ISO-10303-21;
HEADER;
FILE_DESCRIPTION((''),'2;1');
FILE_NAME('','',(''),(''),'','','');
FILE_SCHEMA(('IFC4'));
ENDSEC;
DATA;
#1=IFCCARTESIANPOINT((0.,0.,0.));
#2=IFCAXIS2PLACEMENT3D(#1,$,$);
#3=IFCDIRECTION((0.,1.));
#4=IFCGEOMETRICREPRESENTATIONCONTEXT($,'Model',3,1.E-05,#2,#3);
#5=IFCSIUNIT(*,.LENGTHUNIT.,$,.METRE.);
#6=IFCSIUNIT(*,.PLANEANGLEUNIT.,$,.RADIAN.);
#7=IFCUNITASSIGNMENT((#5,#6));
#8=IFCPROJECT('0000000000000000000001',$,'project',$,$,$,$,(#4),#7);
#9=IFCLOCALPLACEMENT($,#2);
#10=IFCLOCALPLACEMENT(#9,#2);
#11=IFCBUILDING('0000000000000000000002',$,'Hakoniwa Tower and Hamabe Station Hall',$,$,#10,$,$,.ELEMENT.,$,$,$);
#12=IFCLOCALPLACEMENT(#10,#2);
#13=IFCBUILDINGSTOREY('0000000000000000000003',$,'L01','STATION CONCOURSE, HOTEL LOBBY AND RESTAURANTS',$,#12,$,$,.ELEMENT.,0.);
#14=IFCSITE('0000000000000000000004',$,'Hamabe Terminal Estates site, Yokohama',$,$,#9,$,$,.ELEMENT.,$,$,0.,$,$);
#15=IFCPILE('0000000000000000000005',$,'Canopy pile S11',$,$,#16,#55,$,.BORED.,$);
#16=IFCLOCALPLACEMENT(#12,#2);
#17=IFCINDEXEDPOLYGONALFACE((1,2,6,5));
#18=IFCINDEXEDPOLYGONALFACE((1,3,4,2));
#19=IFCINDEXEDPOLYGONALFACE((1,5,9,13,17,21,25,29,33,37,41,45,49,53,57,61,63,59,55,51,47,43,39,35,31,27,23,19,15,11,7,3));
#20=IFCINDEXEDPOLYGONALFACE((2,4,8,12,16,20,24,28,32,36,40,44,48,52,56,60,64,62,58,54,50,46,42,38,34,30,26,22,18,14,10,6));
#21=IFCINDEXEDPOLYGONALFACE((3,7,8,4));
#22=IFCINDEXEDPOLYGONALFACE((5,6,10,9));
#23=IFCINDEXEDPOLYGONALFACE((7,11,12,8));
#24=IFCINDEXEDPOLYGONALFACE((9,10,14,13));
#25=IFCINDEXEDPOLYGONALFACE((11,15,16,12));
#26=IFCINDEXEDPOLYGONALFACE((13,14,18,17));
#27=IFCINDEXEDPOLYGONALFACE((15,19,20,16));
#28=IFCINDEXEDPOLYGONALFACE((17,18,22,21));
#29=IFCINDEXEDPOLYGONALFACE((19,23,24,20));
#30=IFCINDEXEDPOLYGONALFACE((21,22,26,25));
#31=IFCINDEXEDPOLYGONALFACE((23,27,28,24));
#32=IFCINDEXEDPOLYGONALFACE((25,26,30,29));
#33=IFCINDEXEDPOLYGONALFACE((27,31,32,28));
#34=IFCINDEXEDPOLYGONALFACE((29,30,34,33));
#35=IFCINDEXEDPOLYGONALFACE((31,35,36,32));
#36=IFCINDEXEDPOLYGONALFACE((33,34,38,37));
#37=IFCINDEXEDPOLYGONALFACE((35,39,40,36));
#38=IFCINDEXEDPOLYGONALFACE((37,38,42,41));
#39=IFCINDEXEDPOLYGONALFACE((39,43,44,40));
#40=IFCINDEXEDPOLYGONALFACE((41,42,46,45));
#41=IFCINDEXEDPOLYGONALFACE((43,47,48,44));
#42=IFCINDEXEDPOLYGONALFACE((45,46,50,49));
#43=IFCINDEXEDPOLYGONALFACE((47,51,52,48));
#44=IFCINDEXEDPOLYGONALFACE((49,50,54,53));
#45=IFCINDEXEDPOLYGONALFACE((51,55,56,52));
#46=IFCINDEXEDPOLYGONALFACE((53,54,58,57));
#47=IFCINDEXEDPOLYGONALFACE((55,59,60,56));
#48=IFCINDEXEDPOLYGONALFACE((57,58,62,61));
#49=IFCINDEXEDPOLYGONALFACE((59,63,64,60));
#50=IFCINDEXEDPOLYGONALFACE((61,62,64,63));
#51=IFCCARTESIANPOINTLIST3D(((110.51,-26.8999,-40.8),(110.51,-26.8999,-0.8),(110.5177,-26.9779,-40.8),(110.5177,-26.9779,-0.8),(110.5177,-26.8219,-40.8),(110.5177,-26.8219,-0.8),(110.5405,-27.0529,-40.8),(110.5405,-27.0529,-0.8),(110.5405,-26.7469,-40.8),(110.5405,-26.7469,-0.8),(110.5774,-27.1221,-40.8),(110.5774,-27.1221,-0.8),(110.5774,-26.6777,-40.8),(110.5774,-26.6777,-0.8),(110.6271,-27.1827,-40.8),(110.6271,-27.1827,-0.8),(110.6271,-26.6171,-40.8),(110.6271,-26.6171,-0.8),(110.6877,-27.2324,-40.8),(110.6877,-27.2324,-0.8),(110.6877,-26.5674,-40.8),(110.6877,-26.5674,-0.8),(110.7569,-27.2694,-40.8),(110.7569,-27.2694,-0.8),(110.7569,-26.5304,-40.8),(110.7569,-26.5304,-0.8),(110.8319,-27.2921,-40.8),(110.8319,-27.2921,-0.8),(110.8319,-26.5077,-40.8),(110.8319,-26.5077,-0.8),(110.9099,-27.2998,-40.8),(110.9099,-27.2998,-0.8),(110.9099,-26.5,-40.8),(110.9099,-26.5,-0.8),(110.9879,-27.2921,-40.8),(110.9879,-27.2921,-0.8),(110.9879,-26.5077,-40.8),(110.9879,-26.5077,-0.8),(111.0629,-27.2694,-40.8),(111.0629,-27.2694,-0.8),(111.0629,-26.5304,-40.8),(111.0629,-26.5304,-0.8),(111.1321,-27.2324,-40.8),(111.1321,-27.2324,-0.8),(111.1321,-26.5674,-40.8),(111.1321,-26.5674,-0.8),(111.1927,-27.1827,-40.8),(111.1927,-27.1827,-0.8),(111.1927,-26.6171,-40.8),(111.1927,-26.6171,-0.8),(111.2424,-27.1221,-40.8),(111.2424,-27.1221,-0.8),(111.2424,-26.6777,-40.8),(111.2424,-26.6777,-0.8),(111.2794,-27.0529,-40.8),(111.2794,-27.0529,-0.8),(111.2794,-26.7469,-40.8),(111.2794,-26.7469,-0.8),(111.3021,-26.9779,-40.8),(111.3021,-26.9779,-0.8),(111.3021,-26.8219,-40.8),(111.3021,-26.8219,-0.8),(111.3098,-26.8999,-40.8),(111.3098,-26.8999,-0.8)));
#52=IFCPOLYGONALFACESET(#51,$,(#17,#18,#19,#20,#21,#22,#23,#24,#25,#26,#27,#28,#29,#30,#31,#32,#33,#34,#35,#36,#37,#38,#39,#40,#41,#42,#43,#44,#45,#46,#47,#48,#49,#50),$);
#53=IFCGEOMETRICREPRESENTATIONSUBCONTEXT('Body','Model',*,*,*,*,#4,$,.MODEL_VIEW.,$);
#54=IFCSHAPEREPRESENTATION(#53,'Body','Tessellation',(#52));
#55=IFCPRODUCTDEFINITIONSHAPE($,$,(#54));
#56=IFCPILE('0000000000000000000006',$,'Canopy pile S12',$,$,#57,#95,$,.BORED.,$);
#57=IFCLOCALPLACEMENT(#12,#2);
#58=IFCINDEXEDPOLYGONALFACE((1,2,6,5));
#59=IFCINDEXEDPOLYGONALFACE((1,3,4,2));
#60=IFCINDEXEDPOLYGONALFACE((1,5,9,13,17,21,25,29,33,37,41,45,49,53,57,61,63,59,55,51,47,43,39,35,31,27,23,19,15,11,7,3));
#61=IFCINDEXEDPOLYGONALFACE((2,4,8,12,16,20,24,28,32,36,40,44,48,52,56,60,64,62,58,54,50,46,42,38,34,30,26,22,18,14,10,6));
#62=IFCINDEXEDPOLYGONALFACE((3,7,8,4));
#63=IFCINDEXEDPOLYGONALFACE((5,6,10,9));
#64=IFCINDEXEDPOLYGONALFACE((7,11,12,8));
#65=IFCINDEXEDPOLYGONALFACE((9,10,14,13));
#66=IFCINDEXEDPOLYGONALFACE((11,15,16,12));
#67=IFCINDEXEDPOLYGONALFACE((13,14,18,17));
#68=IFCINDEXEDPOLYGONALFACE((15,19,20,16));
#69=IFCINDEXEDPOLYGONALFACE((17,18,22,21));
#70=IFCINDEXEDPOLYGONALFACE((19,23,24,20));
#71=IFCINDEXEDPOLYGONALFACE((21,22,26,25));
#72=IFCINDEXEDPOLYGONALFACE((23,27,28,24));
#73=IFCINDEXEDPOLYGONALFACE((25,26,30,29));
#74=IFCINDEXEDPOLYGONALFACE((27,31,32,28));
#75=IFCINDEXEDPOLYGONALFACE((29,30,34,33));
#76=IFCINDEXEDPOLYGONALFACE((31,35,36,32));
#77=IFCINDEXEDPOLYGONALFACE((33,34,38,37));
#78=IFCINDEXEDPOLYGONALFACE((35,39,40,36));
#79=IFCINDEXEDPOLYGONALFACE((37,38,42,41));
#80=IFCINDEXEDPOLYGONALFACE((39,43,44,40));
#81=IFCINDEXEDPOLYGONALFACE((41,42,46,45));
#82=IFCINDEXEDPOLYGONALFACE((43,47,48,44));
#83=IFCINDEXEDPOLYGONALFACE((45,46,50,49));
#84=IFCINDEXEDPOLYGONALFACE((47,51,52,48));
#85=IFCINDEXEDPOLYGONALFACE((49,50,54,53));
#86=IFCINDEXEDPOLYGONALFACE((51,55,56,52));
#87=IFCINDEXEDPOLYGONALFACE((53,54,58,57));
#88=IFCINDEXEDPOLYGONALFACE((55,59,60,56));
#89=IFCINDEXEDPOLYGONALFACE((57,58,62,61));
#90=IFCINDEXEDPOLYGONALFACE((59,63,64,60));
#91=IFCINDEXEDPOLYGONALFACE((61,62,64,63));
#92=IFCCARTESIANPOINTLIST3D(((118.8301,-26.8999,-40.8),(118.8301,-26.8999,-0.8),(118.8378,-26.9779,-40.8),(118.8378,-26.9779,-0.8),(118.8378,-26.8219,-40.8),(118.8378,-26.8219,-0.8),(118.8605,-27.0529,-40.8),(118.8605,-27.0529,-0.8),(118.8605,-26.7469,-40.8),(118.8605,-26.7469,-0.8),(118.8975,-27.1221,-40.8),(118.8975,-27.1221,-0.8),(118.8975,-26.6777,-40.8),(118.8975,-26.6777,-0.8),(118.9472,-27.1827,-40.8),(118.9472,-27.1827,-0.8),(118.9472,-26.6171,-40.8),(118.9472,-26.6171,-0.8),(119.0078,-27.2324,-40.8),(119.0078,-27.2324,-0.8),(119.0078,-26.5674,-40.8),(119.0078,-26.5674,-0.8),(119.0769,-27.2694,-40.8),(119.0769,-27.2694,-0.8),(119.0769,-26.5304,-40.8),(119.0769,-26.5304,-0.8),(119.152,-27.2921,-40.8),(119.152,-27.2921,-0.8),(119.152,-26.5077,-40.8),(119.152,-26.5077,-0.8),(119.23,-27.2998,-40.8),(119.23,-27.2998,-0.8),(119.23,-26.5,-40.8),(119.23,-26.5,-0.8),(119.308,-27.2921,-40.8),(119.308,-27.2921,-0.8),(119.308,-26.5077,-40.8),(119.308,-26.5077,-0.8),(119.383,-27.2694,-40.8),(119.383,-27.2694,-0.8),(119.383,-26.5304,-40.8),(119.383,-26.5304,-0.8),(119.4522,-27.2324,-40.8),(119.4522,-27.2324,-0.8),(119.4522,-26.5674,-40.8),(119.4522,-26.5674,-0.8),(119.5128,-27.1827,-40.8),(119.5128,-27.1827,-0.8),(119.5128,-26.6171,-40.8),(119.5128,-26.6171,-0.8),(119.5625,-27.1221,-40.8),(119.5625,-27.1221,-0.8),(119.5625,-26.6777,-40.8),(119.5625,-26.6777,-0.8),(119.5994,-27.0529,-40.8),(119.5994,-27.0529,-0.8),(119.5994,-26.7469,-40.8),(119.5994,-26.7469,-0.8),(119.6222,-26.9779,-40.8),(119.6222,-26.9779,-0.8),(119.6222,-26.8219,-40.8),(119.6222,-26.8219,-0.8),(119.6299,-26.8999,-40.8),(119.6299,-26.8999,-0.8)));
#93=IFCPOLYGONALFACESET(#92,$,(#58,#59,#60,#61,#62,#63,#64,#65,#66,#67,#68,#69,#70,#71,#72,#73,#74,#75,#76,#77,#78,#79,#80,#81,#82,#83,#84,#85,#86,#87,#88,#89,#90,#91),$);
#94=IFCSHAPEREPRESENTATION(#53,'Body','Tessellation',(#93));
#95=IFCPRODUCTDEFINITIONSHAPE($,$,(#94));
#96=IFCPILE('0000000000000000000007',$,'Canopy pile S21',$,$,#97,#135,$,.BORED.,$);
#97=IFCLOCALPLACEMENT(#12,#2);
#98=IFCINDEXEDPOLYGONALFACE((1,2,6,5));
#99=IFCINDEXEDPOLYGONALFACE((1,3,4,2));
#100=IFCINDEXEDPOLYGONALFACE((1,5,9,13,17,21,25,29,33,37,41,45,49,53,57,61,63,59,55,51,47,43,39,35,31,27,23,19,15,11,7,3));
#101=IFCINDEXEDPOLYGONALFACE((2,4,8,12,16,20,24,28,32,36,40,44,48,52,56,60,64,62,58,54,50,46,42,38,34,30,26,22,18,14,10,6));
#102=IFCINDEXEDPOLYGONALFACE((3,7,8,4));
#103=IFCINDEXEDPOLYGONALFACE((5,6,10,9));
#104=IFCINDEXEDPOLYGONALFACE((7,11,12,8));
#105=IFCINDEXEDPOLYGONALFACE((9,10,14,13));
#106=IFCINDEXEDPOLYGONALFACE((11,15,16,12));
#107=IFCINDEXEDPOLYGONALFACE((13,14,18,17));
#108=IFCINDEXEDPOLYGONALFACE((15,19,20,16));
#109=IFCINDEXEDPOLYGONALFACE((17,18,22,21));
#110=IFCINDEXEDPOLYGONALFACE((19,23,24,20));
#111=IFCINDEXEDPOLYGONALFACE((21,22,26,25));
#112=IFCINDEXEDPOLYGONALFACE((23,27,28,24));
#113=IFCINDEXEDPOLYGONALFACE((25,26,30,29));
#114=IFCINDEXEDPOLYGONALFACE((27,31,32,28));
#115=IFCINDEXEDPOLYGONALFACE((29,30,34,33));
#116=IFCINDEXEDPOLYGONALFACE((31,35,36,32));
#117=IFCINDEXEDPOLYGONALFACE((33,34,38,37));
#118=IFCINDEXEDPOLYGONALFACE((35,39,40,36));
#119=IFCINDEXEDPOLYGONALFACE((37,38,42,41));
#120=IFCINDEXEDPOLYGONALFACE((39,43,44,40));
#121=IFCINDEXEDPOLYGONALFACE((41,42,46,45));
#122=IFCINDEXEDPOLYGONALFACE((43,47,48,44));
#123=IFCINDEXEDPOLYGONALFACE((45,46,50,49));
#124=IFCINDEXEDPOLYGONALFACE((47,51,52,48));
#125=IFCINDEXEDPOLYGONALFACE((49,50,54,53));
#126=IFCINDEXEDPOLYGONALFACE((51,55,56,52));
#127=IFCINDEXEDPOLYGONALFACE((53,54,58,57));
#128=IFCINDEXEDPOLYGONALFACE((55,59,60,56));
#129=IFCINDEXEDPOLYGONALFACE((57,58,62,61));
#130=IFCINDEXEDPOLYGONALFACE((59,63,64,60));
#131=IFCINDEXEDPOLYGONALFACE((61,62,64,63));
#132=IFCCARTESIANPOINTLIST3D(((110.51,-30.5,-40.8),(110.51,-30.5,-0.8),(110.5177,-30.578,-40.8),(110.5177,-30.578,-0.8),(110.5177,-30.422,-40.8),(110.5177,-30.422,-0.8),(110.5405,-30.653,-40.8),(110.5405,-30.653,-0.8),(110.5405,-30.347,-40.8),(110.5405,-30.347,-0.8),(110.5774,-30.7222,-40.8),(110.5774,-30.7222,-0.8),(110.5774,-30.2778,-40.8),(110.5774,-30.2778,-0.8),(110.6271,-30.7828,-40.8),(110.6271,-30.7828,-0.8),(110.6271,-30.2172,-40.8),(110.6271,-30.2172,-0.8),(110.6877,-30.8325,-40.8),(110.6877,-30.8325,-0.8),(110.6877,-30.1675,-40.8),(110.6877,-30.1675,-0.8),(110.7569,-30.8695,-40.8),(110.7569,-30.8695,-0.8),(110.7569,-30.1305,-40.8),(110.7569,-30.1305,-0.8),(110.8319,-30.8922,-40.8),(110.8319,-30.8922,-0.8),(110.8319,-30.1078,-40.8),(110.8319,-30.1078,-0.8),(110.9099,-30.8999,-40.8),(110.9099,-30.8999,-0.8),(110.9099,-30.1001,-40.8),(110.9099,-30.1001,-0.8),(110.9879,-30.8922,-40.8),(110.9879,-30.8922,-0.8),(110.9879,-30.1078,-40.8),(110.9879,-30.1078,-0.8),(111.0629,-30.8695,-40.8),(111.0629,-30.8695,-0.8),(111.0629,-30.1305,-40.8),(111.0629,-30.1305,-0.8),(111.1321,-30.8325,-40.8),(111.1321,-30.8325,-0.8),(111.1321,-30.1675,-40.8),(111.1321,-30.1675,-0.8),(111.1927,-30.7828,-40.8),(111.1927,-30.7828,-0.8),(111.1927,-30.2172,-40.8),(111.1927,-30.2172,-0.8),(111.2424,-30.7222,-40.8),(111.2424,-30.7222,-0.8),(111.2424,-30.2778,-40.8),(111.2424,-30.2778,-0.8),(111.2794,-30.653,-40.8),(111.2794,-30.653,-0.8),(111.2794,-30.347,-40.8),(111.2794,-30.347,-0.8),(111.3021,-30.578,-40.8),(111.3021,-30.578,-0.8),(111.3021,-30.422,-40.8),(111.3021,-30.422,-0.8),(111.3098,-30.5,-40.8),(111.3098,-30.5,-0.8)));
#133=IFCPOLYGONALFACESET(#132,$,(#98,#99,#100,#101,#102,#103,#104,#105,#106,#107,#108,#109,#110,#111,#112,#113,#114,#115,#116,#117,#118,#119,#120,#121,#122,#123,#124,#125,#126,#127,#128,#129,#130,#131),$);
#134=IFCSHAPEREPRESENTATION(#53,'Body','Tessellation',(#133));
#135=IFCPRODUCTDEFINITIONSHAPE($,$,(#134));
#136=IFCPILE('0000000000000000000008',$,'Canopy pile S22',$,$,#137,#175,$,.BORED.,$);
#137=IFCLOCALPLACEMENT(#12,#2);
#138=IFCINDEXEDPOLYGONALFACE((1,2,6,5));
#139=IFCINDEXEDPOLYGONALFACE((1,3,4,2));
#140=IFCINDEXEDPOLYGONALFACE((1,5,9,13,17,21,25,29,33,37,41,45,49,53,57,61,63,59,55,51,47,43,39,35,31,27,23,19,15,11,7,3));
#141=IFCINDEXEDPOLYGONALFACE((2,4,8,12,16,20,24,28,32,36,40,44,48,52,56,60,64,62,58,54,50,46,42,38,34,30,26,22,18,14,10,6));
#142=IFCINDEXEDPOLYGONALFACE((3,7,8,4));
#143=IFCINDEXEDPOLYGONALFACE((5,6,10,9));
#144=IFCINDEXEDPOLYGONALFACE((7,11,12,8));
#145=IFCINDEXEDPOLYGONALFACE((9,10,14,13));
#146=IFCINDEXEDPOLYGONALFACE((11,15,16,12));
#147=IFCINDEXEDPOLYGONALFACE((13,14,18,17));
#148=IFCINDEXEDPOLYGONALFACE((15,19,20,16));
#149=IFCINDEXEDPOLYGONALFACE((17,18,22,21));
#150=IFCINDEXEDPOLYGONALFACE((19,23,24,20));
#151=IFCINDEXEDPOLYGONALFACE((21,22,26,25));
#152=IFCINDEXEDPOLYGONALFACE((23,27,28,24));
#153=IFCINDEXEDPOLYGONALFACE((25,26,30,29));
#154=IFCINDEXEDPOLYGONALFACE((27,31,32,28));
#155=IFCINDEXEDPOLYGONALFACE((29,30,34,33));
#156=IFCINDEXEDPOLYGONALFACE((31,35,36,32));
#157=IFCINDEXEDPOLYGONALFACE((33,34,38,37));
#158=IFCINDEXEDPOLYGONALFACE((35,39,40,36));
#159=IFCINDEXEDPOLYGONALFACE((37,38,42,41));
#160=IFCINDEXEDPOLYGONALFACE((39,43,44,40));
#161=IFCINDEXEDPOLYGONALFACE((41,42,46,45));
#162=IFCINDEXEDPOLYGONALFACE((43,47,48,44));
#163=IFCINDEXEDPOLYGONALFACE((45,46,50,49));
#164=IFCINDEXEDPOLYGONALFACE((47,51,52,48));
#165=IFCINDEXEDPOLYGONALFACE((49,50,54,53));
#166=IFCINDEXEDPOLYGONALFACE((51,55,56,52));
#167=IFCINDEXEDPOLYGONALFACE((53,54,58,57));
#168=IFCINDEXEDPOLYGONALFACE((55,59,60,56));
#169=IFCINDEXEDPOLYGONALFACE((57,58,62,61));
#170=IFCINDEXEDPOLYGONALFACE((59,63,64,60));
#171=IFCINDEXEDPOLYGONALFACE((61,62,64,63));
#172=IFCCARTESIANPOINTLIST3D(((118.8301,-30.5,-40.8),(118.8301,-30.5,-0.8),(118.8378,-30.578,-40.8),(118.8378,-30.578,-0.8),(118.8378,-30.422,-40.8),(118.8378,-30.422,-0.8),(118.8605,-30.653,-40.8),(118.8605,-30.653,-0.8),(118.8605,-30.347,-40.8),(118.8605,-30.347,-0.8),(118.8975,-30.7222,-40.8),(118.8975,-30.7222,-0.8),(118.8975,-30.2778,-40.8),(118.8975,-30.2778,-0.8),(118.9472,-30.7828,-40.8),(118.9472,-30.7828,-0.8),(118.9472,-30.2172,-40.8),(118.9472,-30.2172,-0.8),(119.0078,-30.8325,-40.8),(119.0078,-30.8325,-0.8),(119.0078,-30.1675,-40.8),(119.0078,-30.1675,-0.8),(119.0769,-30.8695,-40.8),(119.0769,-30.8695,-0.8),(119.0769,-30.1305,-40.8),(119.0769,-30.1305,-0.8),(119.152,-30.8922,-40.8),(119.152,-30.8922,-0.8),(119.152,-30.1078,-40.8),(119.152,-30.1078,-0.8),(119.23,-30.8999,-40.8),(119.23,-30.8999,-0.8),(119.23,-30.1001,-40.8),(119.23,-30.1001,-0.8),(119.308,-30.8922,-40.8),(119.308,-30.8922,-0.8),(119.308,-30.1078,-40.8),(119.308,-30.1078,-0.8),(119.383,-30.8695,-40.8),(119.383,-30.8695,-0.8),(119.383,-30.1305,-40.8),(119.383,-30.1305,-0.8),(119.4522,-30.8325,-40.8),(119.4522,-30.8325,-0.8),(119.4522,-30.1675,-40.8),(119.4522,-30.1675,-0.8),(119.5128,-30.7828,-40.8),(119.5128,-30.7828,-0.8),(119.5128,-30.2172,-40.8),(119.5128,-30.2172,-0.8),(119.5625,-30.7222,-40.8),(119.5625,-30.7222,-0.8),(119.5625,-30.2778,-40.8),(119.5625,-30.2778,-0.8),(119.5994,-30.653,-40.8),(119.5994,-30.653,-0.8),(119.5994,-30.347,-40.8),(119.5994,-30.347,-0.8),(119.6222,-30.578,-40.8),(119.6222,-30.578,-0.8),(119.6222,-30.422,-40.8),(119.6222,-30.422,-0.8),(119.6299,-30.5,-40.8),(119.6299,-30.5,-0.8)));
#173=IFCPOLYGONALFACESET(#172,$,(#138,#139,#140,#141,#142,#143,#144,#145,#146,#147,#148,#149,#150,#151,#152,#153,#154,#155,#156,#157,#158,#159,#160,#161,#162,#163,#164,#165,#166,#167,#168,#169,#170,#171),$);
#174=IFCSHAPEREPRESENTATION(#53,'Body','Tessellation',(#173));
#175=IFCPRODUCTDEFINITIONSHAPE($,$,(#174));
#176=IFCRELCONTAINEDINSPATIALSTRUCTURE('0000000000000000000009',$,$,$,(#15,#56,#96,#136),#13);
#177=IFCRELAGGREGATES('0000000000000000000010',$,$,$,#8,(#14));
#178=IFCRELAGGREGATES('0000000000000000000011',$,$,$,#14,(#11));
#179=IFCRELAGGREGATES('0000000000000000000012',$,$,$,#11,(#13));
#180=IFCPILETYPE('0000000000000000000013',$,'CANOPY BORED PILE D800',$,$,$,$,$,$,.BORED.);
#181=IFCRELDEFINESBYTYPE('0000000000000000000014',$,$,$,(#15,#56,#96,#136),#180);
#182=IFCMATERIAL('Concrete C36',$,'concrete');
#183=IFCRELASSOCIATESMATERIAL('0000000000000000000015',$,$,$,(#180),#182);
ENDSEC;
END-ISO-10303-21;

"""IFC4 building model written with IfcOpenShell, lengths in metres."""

from ifc_helpers import new_model, si_unit, direction, frame, origin, origin_2d, place, context, subcontext, project, spatial, circle, extrude, material, material_profile, profile_set, type_object, element, save


model = new_model("IFC4")

# Units and contexts
model_context = context("Model", 3, precision=1e-05, world=origin(), true_north=direction((0.0, 1.0)))
body_context = subcontext(model_context, "Body", "Model", "MODEL_VIEW")
ifc_project = project(units=[si_unit("LENGTHUNIT", "METRE"), si_unit("PLANEANGLEUNIT", "RADIAN")], contexts=[model_context])

# Site, building, storey
site_placement = place(None, origin())
site = spatial("IfcSite", under=ifc_project, at=site_placement, Name="Hamabe Terminal Estates site, Yokohama", CompositionType="ELEMENT", RefElevation=0.0)
building_placement = place(site_placement, origin())
building = spatial("IfcBuilding", under=site, at=building_placement, Name="Hakoniwa Tower and Hamabe Station Hall", CompositionType="ELEMENT")
storey_placement = place(building_placement, origin())
storey = spatial("IfcBuildingStorey", under=building, at=storey_placement, Name="L01", Description="STATION CONCOURSE, HOTEL LOBBY AND RESTAURANTS", CompositionType="ELEMENT", Elevation=0.0)

# Piles
ifc_material_1 = material(Name="Concrete C36", Category="concrete")
ifc_material_profile_1 = material_profile(ifc_material_1, circle(Radius=0.3999, at=origin_2d()), Name="CANOPY BORED PILE D800")
ifc_profile_set_1 = profile_set([ifc_material_profile_1], Name="Concrete C36")
pile_type = type_object("IfcPileType", Name="CANOPY BORED PILE D800", PredefinedType="BORED", material=ifc_profile_set_1)
for number, where, z_axis, x_axis, name in (
    (1, (110.9099, -26.8999, -0.8), (0.0, 0.0, -1.0), (1.0, 0.0, 0.0), "Canopy pile S11"),
    (2, (119.23, -26.8999, -0.8), (0.0, 0.0, -1.0), (1.0, 0.0, 0.0), "Canopy pile S12"),
    (3, (110.9099, -30.5, -0.8), (0.0, 0.0, -1.0), (1.0, 0.0, 0.0), "Canopy pile S21"),
    (4, (119.23, -30.5, -0.8), (0.0, 0.0, -1.0), (1.0, 0.0, 0.0), "Canopy pile S22"),
):
    element("IfcPile", number, at=place(storey_placement, frame(where, z_axis=z_axis, x_axis=x_axis)), inside=storey, type_object=pile_type, Name=name, PredefinedType="BORED", context=body_context, shape_type="SweptSolid", body=[
        extrude(circle(Radius=0.3999, at=origin_2d()), origin(), (0.0, 0.0, 1.0), 40.0),
    ])

save(model, "model.ifc")
